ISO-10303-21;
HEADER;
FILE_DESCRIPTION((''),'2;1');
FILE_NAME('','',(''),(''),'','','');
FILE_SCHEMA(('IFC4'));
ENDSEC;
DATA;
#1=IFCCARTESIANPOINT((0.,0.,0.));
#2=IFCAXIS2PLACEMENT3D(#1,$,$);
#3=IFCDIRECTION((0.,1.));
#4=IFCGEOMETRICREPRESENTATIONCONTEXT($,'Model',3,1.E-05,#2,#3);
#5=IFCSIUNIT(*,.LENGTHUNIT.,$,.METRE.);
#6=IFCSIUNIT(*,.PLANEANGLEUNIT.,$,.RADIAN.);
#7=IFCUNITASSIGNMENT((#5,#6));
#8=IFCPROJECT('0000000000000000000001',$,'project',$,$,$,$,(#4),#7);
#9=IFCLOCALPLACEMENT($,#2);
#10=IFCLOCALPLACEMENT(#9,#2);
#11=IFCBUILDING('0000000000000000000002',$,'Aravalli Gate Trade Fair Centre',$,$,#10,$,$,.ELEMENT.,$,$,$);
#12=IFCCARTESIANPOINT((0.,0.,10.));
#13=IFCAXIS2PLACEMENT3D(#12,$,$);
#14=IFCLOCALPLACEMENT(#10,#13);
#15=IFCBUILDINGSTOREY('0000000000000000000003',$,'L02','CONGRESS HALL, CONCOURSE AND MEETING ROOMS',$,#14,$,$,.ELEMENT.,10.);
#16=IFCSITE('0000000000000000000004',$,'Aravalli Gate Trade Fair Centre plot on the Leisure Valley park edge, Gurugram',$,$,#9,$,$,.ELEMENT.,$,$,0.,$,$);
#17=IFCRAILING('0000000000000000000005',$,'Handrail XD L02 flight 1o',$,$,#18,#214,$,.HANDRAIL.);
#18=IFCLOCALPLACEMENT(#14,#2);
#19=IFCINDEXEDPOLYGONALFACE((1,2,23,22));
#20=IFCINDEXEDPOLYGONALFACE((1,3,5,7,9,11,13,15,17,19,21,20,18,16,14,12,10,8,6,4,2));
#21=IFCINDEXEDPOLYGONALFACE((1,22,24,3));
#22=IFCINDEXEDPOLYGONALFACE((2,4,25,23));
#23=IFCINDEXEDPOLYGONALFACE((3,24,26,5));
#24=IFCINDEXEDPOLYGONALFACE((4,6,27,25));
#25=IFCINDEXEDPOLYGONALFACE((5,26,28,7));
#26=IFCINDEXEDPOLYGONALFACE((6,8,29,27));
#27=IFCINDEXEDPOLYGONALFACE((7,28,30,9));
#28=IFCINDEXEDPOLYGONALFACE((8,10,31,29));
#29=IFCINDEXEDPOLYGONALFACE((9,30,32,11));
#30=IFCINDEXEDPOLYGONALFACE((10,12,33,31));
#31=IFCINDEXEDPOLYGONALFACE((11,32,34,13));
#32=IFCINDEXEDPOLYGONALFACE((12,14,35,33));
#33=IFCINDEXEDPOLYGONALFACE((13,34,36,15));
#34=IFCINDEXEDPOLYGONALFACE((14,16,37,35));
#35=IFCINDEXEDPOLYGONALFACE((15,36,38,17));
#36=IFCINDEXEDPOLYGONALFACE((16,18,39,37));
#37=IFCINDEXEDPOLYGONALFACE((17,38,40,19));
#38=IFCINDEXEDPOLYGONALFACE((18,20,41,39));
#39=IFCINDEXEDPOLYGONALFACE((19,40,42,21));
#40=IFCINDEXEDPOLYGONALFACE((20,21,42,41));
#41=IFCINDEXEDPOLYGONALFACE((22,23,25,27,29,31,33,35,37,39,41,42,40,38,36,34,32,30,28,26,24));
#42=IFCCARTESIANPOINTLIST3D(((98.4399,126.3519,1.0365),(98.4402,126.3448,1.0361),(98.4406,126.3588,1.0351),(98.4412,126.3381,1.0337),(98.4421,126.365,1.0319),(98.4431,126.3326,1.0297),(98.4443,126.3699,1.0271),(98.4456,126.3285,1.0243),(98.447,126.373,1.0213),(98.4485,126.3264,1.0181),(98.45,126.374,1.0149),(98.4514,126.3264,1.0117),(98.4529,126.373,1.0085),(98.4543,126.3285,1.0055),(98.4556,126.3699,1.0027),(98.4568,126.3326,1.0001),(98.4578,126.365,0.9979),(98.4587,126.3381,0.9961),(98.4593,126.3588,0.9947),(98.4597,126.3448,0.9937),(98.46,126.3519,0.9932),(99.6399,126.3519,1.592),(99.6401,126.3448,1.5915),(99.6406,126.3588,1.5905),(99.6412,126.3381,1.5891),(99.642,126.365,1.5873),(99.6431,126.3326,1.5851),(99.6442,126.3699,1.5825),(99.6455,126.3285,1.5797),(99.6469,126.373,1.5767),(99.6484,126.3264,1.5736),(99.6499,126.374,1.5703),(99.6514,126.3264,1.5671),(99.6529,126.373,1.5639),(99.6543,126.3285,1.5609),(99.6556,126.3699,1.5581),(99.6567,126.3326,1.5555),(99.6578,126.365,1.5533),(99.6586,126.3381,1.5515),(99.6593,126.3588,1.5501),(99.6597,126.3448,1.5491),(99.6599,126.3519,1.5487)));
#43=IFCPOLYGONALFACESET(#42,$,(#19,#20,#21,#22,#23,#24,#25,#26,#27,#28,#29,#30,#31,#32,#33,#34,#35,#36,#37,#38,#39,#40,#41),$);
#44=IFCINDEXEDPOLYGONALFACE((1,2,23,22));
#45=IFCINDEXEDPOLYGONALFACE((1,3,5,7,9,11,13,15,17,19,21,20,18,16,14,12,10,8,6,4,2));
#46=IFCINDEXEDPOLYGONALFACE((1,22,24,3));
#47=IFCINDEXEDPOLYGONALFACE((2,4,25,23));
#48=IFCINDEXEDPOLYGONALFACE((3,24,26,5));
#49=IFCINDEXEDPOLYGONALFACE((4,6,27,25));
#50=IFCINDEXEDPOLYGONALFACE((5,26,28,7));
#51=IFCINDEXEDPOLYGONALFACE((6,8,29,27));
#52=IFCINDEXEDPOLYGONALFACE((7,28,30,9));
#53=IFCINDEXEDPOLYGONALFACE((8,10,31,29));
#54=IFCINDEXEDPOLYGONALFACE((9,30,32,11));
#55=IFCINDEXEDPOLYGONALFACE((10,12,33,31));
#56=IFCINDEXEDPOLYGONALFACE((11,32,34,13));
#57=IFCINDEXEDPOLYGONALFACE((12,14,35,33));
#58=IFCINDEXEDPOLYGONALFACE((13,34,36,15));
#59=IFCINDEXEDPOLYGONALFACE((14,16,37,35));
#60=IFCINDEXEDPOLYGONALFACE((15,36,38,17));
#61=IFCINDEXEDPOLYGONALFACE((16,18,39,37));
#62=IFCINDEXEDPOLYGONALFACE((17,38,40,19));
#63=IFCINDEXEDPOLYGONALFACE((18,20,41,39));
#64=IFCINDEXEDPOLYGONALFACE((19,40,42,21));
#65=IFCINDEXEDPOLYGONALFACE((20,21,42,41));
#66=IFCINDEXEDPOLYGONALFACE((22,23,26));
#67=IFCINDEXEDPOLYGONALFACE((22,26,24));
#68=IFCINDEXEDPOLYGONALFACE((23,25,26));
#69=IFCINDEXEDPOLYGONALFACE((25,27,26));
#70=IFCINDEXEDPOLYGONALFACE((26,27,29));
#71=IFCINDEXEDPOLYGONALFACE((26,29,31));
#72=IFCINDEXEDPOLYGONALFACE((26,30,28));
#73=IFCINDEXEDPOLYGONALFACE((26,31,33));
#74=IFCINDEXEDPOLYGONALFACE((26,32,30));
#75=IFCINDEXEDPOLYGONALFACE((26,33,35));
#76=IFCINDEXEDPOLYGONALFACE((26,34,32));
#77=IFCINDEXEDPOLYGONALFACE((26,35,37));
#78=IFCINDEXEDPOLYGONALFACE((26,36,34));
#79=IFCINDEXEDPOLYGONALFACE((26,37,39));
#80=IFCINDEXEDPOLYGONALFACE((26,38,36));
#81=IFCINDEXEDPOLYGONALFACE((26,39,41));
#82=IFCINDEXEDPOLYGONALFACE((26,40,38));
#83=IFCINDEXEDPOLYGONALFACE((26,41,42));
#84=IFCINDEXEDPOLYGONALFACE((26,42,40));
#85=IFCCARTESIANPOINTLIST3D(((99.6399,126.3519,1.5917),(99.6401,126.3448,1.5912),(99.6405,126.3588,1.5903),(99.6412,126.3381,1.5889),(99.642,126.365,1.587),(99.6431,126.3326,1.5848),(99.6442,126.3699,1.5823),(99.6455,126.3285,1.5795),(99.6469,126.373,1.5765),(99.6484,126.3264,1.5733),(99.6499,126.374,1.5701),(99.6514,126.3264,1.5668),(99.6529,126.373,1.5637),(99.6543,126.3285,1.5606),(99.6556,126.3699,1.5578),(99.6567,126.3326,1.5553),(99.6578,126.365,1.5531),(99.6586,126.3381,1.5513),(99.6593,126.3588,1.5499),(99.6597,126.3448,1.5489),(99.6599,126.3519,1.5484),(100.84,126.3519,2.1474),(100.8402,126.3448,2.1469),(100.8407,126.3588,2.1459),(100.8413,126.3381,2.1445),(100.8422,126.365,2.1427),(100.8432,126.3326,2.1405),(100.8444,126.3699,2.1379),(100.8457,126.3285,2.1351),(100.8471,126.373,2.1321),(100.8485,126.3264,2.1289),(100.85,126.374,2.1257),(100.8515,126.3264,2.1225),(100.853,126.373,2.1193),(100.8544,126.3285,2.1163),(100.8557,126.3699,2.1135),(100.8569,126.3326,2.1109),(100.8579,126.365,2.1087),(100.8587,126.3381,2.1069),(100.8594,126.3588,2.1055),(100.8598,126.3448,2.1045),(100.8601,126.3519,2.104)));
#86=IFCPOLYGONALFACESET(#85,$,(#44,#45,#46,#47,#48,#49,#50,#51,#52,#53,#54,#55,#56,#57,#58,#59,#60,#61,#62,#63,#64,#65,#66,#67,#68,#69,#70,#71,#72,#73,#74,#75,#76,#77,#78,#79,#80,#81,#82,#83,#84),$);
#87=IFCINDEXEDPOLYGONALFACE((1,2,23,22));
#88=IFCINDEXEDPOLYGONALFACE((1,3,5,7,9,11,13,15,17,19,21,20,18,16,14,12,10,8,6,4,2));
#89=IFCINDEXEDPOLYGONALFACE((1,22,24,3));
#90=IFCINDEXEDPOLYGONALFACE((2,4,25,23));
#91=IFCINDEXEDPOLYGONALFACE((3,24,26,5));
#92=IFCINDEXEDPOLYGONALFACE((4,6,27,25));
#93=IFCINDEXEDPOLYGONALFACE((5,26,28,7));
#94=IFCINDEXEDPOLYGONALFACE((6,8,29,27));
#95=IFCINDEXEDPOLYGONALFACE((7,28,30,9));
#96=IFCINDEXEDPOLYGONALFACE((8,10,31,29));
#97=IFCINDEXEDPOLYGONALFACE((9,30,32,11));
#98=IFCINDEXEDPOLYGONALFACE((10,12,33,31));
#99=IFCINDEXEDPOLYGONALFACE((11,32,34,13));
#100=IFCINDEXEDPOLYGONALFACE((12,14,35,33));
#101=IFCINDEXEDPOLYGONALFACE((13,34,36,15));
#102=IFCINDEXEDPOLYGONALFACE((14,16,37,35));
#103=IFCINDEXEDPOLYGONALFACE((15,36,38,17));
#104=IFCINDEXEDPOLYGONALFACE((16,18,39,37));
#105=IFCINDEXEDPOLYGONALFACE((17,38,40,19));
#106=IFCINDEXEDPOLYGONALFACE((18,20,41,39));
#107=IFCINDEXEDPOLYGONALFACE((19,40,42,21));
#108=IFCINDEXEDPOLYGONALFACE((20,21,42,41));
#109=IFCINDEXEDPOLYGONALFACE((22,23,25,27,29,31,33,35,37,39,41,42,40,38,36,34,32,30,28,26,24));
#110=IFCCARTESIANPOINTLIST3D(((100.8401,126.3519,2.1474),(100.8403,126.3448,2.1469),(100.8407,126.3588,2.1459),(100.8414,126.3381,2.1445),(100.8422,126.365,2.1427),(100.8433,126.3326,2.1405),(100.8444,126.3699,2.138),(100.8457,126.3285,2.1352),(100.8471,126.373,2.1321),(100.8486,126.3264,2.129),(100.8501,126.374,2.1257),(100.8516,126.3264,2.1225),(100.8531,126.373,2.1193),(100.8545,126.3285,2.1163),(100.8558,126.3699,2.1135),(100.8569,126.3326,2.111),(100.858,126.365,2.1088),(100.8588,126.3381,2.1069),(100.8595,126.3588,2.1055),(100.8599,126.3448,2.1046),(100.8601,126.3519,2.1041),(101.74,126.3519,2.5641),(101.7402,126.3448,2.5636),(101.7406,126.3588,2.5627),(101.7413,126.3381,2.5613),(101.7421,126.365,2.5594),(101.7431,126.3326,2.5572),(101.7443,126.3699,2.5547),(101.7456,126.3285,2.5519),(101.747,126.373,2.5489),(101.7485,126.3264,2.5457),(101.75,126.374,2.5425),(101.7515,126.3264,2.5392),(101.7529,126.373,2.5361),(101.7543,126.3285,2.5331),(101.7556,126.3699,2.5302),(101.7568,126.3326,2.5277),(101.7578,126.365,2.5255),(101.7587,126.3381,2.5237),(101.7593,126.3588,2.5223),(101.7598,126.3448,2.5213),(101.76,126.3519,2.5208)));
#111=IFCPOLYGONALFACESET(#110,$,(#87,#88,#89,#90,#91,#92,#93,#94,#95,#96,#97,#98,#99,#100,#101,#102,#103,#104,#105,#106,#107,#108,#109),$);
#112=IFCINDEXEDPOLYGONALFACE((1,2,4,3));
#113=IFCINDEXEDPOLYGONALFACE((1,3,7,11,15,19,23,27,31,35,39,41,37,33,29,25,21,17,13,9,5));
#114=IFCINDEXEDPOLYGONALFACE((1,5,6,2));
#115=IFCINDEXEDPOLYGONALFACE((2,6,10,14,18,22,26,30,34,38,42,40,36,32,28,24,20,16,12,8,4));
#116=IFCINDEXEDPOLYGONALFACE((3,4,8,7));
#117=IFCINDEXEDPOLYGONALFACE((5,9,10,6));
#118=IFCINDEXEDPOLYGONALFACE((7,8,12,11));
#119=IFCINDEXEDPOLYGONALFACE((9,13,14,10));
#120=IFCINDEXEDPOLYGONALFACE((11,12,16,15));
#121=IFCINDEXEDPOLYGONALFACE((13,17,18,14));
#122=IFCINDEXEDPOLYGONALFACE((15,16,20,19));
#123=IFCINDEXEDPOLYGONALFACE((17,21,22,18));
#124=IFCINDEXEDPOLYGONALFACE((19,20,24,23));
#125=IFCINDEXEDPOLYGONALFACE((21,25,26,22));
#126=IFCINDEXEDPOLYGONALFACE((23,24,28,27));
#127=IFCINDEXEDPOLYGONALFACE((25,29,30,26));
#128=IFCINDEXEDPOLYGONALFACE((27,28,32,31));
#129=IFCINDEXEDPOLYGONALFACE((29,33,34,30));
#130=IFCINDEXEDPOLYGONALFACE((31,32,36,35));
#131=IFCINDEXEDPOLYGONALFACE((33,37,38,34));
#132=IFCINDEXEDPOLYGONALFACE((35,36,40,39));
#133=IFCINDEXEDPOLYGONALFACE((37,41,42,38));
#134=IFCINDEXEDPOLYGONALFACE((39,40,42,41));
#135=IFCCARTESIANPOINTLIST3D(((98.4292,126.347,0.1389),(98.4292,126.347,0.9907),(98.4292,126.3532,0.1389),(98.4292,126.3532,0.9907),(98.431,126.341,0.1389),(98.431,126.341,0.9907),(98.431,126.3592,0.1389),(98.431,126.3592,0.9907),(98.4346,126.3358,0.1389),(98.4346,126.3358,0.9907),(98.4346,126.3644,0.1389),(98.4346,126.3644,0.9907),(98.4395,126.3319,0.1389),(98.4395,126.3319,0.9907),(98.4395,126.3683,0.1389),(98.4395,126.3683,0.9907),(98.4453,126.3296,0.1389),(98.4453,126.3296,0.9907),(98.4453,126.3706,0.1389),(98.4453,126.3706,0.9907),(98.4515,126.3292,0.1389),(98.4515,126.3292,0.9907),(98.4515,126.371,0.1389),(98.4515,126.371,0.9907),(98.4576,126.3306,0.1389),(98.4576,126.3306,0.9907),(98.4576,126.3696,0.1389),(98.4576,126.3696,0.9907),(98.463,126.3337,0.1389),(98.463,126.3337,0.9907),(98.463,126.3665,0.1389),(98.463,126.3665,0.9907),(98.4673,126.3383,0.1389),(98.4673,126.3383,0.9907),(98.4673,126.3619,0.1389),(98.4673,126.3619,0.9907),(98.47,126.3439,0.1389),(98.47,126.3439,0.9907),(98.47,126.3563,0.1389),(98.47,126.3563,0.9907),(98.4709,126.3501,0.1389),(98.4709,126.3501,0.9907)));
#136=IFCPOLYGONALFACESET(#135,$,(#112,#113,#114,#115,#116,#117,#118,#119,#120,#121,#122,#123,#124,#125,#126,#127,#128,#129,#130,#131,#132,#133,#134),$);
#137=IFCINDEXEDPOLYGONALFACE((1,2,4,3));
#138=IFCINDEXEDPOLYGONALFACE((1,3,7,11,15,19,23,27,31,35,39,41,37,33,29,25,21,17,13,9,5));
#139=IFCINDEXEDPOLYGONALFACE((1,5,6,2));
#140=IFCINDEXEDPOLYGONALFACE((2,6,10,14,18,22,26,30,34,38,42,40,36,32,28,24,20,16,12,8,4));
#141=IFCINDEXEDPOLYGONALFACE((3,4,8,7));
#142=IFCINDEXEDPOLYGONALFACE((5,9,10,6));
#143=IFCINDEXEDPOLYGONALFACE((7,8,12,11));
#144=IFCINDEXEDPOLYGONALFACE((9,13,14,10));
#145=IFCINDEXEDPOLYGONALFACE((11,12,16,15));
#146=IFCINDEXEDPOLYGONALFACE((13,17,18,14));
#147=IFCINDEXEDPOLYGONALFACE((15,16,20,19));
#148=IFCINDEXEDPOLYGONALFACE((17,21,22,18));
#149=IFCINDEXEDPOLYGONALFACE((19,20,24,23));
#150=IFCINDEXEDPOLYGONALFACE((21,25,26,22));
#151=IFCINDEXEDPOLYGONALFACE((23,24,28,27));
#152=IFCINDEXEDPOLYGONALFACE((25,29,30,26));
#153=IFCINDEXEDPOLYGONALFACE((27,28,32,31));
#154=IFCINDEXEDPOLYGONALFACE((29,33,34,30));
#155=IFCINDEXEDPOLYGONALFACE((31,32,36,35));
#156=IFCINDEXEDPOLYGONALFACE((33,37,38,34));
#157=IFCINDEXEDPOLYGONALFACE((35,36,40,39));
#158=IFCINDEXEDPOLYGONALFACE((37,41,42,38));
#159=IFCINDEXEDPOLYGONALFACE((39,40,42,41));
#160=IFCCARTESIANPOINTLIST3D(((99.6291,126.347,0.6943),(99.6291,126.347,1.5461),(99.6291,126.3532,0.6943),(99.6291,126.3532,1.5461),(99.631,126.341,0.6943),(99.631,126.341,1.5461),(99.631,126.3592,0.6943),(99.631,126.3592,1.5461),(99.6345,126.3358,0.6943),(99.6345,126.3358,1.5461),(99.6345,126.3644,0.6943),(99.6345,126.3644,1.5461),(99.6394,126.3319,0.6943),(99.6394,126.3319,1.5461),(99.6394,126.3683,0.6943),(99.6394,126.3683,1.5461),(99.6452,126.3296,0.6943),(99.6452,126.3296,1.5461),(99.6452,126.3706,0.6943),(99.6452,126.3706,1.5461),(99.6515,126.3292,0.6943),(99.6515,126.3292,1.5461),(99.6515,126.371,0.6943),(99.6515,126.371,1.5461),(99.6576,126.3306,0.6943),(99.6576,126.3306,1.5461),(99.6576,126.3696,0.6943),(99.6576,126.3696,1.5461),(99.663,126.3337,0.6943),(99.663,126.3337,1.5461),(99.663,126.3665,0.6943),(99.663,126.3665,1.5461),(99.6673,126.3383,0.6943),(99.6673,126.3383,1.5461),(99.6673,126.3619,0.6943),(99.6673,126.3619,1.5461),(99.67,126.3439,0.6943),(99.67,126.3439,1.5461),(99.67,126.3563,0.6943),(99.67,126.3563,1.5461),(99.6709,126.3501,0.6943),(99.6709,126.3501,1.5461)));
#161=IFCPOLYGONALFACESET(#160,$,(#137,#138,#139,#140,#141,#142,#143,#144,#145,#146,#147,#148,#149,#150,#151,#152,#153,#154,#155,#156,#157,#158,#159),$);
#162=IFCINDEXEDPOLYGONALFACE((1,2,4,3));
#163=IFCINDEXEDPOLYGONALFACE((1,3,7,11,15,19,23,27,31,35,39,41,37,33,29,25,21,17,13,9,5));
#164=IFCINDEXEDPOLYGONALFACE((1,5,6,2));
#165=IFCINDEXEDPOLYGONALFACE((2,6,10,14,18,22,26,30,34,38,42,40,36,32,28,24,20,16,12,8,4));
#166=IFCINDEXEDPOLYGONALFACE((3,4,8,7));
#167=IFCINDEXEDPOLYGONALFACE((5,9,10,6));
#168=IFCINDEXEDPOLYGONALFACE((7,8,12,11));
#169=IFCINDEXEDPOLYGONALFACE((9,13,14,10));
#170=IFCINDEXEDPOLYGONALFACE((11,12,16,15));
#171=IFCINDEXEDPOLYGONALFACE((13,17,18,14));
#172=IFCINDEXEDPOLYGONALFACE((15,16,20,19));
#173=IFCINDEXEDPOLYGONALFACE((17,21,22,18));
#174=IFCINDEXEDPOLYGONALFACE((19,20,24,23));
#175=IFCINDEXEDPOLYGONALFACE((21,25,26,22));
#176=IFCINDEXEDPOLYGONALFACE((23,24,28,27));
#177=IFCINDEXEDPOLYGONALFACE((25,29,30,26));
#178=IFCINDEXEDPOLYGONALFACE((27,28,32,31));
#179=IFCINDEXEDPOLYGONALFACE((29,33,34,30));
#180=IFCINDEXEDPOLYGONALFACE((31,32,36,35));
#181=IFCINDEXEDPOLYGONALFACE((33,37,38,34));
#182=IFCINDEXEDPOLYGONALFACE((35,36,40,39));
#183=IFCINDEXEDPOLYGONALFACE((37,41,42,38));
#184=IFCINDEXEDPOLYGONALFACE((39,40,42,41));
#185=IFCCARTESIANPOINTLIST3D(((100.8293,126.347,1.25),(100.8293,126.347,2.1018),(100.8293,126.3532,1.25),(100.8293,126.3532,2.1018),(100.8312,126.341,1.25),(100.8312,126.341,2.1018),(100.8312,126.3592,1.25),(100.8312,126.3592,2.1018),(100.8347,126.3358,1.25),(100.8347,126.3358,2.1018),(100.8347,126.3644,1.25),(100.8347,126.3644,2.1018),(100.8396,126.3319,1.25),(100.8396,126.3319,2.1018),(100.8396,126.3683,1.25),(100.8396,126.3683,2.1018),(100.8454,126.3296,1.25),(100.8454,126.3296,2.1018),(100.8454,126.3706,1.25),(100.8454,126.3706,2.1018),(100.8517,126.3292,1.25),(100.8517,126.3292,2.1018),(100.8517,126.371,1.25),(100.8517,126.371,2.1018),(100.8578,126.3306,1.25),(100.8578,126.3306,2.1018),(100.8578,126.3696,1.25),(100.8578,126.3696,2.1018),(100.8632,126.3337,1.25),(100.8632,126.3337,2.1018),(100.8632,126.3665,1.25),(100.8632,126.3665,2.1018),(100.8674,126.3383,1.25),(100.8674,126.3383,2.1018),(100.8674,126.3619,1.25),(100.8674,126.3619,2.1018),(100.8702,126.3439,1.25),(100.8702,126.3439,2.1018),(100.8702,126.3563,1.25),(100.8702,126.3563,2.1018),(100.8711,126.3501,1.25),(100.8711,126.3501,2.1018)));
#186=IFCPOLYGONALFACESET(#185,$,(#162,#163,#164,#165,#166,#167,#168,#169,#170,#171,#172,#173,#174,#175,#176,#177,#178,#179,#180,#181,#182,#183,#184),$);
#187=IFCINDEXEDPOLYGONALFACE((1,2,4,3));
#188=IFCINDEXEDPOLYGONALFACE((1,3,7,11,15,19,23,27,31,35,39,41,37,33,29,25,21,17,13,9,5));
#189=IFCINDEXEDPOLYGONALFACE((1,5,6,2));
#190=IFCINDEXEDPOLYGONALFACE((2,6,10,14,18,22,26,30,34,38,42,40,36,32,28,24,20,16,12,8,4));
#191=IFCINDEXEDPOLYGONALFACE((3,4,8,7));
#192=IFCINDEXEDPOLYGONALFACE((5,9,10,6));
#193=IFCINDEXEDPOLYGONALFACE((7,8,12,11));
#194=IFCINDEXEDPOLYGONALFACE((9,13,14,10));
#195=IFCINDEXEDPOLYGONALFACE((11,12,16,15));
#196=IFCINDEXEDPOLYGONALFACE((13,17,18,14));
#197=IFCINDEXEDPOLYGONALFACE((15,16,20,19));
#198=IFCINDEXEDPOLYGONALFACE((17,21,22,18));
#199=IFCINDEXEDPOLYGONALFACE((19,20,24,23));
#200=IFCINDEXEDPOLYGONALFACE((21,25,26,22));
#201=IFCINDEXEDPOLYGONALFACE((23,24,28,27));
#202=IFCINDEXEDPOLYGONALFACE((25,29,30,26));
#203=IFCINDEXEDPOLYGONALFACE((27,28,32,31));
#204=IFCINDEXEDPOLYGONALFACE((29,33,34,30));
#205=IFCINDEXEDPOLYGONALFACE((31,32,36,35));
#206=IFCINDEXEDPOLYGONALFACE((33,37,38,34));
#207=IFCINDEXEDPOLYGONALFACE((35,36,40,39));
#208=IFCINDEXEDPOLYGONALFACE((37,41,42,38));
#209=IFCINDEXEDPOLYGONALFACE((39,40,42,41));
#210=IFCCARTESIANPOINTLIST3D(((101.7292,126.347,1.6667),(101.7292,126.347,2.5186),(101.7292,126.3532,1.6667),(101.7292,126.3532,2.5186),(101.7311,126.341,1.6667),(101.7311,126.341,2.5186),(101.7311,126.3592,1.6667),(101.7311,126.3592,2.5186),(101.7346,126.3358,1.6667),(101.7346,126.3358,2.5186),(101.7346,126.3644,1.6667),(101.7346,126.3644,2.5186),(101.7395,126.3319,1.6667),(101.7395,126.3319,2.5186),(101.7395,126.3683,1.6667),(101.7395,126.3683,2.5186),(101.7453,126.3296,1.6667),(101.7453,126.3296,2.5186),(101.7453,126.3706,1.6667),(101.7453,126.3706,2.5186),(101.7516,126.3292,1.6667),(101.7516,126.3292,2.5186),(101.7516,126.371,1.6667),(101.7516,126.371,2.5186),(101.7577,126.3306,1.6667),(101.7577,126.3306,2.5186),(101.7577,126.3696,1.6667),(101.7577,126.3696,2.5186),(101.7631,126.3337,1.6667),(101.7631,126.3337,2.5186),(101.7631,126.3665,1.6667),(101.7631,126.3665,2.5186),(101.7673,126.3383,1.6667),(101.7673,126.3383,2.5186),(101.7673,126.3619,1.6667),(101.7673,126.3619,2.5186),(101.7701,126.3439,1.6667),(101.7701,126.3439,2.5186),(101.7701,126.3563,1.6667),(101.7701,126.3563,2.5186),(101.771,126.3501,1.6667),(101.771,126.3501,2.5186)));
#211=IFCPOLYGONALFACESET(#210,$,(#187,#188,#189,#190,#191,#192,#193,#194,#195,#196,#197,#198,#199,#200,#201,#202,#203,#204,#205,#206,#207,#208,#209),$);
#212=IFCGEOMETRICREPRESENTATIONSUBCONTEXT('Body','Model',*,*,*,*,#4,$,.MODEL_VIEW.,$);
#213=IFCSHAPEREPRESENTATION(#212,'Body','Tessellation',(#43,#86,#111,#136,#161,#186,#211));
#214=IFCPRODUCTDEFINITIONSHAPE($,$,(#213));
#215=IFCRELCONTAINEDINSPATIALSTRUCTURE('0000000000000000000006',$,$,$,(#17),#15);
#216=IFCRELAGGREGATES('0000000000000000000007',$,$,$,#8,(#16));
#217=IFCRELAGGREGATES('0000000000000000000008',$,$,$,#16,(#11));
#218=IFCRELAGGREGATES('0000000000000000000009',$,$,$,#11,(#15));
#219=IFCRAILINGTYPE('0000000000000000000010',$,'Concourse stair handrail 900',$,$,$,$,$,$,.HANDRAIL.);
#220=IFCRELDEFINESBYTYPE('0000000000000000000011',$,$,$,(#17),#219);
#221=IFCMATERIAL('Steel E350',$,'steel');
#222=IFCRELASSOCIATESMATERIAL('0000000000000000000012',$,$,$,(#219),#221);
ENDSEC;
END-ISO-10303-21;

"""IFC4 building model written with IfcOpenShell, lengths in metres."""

from ifc_helpers import new_model, si_unit, direction, frame, origin, origin_2d, place, context, subcontext, project, spatial, circle, extrude, material, type_object, element, save


model = new_model("IFC4")

# Units and contexts
model_context = context("Model", 3, precision=1e-05, world=origin(), true_north=direction((0.0, 1.0)))
body_context = subcontext(model_context, "Body", "Model", "MODEL_VIEW")
ifc_project = project(units=[si_unit("LENGTHUNIT", "METRE"), si_unit("PLANEANGLEUNIT", "RADIAN")], contexts=[model_context])

# Site, building, storey
site_placement = place(None, origin())
site = spatial("IfcSite", under=ifc_project, at=site_placement, Name="Aravalli Gate Trade Fair Centre plot on the Leisure Valley park edge, Gurugram", CompositionType="ELEMENT", RefElevation=0.0)
building_placement = place(site_placement, origin())
building = spatial("IfcBuilding", under=site, at=building_placement, Name="Aravalli Gate Trade Fair Centre", CompositionType="ELEMENT")
storey_placement = place(building_placement, frame((0.0, 0.0, 10.0)))
storey = spatial("IfcBuildingStorey", under=building, at=storey_placement, Name="L02", Description="CONGRESS HALL, CONCOURSE AND MEETING ROOMS", CompositionType="ELEMENT", Elevation=10.0)

# Shared definitions
ifc_material_1 = material(Name="Steel E350", Category="steel")

# Railing
railing_type = type_object("IfcRailingType", Name="Concourse stair handrail 900", PredefinedType="HANDRAIL", material=ifc_material_1)
for number, where, name in (
    (1, (98.45, 126.3501, 0.1389), "Handrail XD L02 flight 1o"),
):
    element("IfcRailing", number, at=place(storey_placement, frame(where)), inside=storey, type_object=railing_type, Name=name, PredefinedType="HANDRAIL", context=body_context, shape_type="SweptSolid", body=[
        extrude(circle(Radius=0.0239, at=origin_2d()), frame((0.0, 0.0, 0.876), z_axis=(0.907499, 0.0, 0.420053), x_axis=(0.0, 1.0, 0.0)), (0.0, 0.0, 1.0), 1.3223),
        extrude(circle(Radius=0.0239, at=origin_2d()), frame((1.2, 0.0, 1.4312), z_axis=(0.907462, 0.0, 0.420135), x_axis=(0.0, 1.0, 0.0)), (0.0, 0.0, 1.0), 1.3225),
        extrude(circle(Radius=0.0239, at=origin_2d()), frame((2.4001, 0.0, 1.9868), z_axis=(0.907418, 0.0, 0.420229), x_axis=(0.0, 1.0, 0.0)), (0.0, 0.0, 1.0), 0.9917),
        extrude(circle(Radius=0.021, at=origin_2d()), origin(), (0.0, 0.0, 1.0), 0.8518),
        extrude(circle(Radius=0.021, at=origin_2d()), frame((1.2, 0.0, 0.5554)), (0.0, 0.0, 1.0), 0.8518),
        extrude(circle(Radius=0.021, at=origin_2d()), frame((2.4001, 0.0, 1.1111)), (0.0, 0.0, 1.0), 0.8518),
        extrude(circle(Radius=0.021, at=origin_2d()), frame((3.3, 0.0, 1.5278)), (0.0, 0.0, 1.0), 0.8518),
    ])

save(model, "model.ifc")
